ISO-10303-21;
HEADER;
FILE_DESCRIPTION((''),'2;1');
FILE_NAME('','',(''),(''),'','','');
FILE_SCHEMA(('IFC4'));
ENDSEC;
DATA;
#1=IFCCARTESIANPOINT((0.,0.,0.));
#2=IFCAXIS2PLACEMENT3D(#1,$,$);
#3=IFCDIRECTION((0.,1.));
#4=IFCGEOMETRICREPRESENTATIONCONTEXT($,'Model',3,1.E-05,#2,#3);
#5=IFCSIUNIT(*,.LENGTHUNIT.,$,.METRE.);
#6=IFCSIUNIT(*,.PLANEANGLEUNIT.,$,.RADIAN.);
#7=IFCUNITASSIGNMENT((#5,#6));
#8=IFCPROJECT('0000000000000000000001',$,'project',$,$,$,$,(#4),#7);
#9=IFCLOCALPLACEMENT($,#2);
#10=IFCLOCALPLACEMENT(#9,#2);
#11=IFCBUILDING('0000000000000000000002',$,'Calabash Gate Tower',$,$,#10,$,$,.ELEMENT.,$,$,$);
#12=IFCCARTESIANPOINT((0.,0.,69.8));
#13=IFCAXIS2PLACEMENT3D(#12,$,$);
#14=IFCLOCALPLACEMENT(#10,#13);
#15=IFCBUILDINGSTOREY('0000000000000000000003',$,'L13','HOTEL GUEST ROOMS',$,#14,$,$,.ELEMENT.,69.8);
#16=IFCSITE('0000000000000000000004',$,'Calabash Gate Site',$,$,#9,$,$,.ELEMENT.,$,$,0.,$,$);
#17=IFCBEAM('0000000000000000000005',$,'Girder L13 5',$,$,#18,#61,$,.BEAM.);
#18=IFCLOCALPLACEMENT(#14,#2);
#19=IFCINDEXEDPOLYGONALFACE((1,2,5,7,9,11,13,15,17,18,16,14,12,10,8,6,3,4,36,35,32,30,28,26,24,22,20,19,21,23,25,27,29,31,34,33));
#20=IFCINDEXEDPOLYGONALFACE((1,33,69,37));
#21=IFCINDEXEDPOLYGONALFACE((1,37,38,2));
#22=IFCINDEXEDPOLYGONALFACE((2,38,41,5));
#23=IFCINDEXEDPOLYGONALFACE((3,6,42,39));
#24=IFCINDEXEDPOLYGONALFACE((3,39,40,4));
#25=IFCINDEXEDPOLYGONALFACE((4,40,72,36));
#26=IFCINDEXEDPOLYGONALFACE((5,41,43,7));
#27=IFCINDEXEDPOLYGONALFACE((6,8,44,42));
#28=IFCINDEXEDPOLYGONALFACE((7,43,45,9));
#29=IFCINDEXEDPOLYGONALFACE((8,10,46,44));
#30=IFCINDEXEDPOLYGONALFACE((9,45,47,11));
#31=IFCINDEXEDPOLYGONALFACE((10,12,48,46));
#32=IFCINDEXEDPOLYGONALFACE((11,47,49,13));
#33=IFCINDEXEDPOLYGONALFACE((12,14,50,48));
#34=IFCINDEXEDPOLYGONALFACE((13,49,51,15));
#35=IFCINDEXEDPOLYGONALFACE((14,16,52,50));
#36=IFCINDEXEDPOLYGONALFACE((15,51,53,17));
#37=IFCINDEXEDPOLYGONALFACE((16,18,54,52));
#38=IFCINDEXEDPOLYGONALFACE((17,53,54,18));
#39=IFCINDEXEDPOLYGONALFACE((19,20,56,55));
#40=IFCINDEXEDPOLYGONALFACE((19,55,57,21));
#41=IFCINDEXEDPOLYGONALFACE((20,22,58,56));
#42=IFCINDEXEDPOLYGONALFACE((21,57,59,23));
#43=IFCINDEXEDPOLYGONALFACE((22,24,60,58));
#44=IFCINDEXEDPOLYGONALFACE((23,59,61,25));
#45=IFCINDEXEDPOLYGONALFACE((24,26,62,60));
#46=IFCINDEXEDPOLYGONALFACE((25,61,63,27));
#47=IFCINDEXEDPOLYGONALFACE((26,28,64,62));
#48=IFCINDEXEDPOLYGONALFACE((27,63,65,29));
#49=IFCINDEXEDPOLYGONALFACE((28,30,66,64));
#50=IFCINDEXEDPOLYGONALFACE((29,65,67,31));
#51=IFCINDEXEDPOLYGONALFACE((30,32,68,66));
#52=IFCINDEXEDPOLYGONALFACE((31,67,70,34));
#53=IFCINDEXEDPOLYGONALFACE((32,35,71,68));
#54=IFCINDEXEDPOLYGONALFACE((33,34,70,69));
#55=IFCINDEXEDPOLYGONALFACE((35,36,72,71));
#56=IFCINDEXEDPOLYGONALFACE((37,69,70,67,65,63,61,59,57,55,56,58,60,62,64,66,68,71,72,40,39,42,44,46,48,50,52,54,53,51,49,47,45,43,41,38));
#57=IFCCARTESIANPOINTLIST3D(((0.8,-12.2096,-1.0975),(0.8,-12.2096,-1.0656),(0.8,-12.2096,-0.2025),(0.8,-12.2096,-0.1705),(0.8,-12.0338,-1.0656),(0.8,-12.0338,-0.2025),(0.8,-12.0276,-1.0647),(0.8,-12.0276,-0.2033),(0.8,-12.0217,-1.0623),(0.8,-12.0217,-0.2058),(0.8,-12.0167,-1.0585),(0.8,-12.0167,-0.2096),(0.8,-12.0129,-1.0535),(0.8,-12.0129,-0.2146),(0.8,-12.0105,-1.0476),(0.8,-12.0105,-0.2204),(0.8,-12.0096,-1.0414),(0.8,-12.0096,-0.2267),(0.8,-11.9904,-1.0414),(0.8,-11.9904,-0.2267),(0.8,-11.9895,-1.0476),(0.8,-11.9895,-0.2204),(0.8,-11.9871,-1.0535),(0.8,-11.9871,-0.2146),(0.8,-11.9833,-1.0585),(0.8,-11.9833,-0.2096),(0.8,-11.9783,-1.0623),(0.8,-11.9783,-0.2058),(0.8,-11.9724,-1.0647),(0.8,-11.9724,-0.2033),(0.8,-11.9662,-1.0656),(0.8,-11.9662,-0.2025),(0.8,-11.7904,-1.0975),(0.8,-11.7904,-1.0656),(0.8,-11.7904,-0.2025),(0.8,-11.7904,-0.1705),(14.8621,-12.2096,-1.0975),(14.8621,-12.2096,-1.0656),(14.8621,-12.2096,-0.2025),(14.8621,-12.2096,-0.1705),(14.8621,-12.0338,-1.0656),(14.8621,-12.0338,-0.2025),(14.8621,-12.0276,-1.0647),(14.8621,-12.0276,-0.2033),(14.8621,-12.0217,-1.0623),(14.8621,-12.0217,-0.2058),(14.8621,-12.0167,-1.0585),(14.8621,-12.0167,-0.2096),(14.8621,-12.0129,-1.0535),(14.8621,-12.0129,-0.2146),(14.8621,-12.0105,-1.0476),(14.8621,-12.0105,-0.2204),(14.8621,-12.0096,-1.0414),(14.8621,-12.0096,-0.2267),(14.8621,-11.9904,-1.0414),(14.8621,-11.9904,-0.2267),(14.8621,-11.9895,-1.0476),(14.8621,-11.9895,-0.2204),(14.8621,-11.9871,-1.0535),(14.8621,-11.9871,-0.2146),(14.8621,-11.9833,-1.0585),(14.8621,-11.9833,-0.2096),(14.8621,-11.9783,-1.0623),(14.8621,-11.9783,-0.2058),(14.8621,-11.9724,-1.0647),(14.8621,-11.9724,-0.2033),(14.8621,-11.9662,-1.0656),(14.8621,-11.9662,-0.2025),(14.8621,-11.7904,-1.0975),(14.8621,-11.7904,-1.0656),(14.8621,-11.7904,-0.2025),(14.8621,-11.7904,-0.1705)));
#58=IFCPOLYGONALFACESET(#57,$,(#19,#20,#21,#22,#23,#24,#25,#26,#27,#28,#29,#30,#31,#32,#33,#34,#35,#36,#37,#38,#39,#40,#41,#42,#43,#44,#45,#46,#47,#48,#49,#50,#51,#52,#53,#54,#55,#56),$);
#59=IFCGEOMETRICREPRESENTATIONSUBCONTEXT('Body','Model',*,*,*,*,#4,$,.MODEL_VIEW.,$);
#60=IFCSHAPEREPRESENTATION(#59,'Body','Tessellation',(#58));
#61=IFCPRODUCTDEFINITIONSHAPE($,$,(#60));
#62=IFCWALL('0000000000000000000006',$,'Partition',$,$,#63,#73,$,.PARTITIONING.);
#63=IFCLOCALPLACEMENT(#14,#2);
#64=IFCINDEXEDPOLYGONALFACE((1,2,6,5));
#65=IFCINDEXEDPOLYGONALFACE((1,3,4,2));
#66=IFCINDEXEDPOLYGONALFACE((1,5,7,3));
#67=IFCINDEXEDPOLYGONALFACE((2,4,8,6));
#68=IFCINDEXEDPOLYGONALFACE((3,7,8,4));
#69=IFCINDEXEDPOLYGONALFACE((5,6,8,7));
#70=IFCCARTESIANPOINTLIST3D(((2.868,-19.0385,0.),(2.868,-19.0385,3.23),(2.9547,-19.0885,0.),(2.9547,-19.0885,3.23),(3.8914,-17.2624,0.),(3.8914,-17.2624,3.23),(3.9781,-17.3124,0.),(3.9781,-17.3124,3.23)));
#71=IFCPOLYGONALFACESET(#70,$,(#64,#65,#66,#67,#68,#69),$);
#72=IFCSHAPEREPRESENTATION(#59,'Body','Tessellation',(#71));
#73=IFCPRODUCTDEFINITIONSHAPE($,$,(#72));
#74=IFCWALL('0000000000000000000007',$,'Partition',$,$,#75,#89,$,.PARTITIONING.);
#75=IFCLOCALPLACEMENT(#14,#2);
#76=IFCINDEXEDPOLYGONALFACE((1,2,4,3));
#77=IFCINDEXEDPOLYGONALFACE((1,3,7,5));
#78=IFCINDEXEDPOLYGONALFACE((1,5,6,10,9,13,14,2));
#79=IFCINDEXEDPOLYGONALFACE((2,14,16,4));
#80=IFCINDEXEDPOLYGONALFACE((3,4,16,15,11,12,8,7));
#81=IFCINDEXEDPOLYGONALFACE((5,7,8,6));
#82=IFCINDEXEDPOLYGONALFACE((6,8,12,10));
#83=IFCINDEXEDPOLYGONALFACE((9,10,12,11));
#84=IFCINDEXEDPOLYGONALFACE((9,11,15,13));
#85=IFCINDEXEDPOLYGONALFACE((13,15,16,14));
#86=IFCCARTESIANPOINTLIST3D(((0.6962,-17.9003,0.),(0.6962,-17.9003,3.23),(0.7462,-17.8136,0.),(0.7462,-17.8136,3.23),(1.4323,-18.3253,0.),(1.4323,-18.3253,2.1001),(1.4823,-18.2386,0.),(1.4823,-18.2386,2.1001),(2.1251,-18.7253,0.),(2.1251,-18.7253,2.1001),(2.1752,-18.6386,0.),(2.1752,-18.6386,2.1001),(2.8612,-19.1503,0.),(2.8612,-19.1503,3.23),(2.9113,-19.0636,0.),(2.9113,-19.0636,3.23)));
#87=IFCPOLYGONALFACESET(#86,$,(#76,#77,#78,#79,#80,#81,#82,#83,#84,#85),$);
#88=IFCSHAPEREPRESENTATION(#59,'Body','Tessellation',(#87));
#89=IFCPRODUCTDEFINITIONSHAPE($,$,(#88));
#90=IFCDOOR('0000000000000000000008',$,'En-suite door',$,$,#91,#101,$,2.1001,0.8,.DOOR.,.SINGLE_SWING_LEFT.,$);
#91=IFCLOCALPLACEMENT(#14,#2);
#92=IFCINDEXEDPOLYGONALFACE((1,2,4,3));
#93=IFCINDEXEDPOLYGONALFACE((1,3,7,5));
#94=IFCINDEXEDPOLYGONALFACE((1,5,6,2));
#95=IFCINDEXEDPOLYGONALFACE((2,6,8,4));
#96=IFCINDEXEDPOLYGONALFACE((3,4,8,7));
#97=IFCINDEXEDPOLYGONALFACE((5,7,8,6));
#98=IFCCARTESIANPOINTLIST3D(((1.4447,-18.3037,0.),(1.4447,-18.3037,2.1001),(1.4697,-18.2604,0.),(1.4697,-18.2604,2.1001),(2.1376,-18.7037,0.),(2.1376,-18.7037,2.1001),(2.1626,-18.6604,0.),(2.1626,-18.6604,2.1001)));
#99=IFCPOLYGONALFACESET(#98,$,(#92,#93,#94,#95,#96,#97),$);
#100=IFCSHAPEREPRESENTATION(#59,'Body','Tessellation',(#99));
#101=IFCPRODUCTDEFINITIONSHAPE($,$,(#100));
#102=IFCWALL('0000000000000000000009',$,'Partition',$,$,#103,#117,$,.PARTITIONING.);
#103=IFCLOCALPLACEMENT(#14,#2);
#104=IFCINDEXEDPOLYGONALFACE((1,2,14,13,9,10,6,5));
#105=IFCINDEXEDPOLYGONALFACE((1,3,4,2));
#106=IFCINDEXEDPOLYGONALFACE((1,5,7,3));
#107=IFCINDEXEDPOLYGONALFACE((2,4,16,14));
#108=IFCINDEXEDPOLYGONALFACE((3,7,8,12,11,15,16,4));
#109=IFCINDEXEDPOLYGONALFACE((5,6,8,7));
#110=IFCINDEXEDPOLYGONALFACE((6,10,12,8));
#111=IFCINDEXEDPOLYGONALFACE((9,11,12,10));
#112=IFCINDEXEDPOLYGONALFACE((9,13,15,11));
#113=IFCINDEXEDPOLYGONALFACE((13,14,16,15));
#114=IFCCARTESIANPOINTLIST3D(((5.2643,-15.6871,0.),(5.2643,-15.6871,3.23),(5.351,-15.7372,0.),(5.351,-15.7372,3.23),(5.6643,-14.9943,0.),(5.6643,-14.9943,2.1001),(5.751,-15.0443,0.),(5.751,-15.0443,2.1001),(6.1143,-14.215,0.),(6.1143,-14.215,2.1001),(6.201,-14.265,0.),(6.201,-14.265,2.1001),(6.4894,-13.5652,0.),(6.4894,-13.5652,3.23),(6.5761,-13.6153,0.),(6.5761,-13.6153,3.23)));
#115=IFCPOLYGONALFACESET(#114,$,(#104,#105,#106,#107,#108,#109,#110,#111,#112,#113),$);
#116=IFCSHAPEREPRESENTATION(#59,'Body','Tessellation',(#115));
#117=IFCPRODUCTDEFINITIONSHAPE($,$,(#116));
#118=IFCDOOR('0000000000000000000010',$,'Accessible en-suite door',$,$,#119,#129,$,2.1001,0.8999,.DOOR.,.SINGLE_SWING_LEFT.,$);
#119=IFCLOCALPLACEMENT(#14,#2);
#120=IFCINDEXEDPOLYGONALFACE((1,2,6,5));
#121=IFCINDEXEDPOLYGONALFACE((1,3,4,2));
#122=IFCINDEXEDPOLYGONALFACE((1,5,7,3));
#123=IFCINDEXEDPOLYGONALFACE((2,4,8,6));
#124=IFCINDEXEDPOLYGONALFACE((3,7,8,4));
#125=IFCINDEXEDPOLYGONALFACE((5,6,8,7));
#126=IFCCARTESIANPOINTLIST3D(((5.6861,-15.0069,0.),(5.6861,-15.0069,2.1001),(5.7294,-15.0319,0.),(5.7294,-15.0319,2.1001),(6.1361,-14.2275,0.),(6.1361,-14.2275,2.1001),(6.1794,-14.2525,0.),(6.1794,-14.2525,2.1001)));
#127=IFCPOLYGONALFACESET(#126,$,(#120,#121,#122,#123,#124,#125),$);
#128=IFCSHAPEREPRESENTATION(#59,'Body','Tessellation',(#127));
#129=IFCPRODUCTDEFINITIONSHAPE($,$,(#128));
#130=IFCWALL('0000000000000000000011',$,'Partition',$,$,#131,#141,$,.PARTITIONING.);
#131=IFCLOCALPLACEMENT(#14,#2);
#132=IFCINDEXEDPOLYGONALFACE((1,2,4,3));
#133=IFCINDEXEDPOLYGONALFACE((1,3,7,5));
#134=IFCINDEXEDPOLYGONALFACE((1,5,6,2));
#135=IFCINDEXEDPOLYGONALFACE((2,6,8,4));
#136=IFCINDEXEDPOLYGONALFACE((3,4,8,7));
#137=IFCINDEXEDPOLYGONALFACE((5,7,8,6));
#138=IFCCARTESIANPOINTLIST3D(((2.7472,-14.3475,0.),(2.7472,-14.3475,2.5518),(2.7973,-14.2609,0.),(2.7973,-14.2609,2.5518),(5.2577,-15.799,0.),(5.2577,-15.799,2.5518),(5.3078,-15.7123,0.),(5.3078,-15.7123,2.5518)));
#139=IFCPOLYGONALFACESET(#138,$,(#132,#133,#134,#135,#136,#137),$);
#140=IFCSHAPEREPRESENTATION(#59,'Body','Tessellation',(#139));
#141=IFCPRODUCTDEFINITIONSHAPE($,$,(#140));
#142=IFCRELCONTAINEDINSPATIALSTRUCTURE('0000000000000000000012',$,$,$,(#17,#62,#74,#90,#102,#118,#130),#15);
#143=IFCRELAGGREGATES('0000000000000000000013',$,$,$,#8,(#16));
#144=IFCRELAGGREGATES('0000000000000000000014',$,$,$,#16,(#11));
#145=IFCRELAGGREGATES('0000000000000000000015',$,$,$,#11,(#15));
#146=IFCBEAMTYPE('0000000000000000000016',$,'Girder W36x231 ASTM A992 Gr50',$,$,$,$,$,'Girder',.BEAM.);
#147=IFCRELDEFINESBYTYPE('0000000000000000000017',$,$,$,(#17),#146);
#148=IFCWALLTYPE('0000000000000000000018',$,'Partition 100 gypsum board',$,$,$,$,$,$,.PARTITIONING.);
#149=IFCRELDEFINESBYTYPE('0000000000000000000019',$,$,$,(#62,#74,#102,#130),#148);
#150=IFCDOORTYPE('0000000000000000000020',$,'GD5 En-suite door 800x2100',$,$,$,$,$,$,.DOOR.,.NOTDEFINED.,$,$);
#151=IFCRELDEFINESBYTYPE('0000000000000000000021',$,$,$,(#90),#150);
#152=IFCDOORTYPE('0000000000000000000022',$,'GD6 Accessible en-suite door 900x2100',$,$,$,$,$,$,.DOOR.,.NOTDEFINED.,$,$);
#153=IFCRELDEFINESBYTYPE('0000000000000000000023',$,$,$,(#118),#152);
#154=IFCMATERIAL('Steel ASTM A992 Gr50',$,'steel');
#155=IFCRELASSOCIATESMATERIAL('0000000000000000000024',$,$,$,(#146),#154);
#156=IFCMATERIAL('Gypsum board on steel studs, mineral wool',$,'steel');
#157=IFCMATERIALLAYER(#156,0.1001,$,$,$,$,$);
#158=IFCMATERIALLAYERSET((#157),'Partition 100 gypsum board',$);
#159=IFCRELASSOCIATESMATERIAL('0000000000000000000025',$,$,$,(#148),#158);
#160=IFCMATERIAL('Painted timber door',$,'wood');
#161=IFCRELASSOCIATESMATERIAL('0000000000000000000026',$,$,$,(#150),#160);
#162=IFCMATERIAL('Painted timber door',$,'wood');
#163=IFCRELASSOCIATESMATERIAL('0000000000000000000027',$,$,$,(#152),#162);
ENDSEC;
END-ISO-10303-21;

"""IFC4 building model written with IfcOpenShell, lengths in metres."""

from ifc_helpers import new_model, si_unit, direction, frame, frame_2d, origin, origin_2d, place, context, subcontext, project, spatial, rectangle, i_section, extrude, material, layer, layer_set, material_profile, profile_set, type_object, element, fill, save


model = new_model("IFC4")

# Units and contexts
model_context = context("Model", 3, precision=1e-05, world=origin(), true_north=direction((0.0, 1.0)))
body_context = subcontext(model_context, "Body", "Model", "MODEL_VIEW")
ifc_project = project(units=[si_unit("LENGTHUNIT", "METRE"), si_unit("PLANEANGLEUNIT", "RADIAN")], contexts=[model_context])

# Site, building, storey
site_placement = place(None, origin())
site = spatial("IfcSite", under=ifc_project, at=site_placement, Name="Calabash Gate Site", CompositionType="ELEMENT", RefElevation=0.0)
building_placement = place(site_placement, origin())
building = spatial("IfcBuilding", under=site, at=building_placement, Name="Calabash Gate Tower", CompositionType="ELEMENT")
storey_placement = place(building_placement, frame((0.0, 0.0, 69.8)))
storey = spatial("IfcBuildingStorey", under=building, at=storey_placement, Name="L13", Description="HOTEL GUEST ROOMS", CompositionType="ELEMENT", Elevation=69.8)

# Beam
ifc_material_1 = material(Name="Steel ASTM A992 Gr50", Category="steel")
ifc_material_profile = material_profile(ifc_material_1, i_section(OverallWidth=0.4192, OverallDepth=0.927, WebThickness=0.0193, FlangeThickness=0.032, FilletRadius=0.0242, at=origin_2d()))
ifc_profile_set = profile_set([ifc_material_profile], Name="Steel ASTM A992 Gr50")
beam_type = type_object("IfcBeamType", Name="Girder W36x231 ASTM A992 Gr50", ElementType="Girder", PredefinedType="BEAM", material=ifc_profile_set)
beam_placement = place(storey_placement, frame((0.8, -12.0, -0.634), z_axis=(1.0, 0.0, 0.0), x_axis=(0.0, 1.0, 0.0)))
element("IfcBeam", 1, at=beam_placement, inside=storey, type_object=beam_type, Name="Girder L13 5", PredefinedType="BEAM", context=body_context, shape_type="SweptSolid", body=[
    extrude(i_section(OverallWidth=0.4192, OverallDepth=0.927, WebThickness=0.0193, FlangeThickness=0.032, FilletRadius=0.0242, at=origin_2d()), origin(), (0.0, 0.0, 1.0), 14.062),
])

# Wall
ifc_material_2 = material(Name="Gypsum board on steel studs, mineral wool", Category="steel")
ifc_layer_1 = layer(ifc_material_2, 0.1001)
ifc_layer_set_1 = layer_set([ifc_layer_1], Name="Partition 100 gypsum board")
wall_type_1 = type_object("IfcWallType", Name="Partition 100 gypsum board", PredefinedType="PARTITIONING", material=ifc_layer_set_1)
wall_1_placement = place(storey_placement, frame((2.9114, -19.0635, 0.0), z_axis=(0.0, 0.0, 1.0), x_axis=(0.499265, 0.866449, 0.0)))
element("IfcWall", 2, at=wall_1_placement, inside=storey, type_object=wall_type_1, Name="Partition", PredefinedType="PARTITIONING", context=body_context, shape_type="SweptSolid", body=[
    extrude(rectangle(XDim=2.0498, YDim=0.1001, at=frame_2d((1.0249, 0.0))), origin(), (0.0, 0.0, 1.0), 3.23),
])

# Walls, openings, doors
wall_2_placement = place(storey_placement, frame((0.7212, -17.8569, 0.0), z_axis=(0.0, 0.0, 1.0), x_axis=(0.866023, -0.500004, 0.0)))
wall_2 = element("IfcWall", 3, at=wall_2_placement, inside=storey, type_object=wall_type_1, Name="Partition", PredefinedType="PARTITIONING", context=body_context, shape_type="SweptSolid", body=[
    extrude(rectangle(XDim=2.5, YDim=0.1001, at=frame_2d((1.25, 0.0))), origin(), (0.0, 0.0, 1.0), 3.23),
])
opening_1_placement = place(wall_2_placement, frame((0.8501, 0.0, 0.0)))
opening_1 = element("IfcOpeningElement", 4, at=opening_1_placement, cuts=wall_2, PredefinedType="OPENING", context=body_context, shape_type="SweptSolid", body=[
    extrude(rectangle(XDim=0.8, YDim=2.1001, at=frame_2d((0.3999, 1.05))), frame((0.0, 0.0601, 0.0), z_axis=(0.0, -1.0, 0.0), x_axis=(1.0, 0.0, 0.0)), (0.0, 0.0, 1.0), 0.1201),
])
ifc_material_3 = material(Name="Painted timber door", Category="wood")
door_type_1 = type_object("IfcDoorType", Name="GD5 En-suite door 800x2100", OperationType="NOTDEFINED", PredefinedType="DOOR", material=ifc_material_3)
door_1_placement = place(opening_1_placement, origin())
door_1 = element("IfcDoor", 5, at=door_1_placement, inside=storey, type_object=door_type_1, Name="En-suite door", OperationType="SINGLE_SWING_LEFT", OverallHeight=2.1001, OverallWidth=0.8, PredefinedType="DOOR", context=body_context, shape_type="SweptSolid", body=[
    extrude(rectangle(XDim=0.8, YDim=2.1001, at=frame_2d((0.3999, 1.05))), frame((0.0, 0.0249, 0.0), z_axis=(0.0, -1.0, 0.0), x_axis=(1.0, 0.0, 0.0)), (0.0, 0.0, 1.0), 0.05),
])
fill(opening_1, door_1)
wall_3_placement = place(storey_placement, frame((5.3076, -15.7122, 0.0), z_axis=(0.0, 0.0, 1.0), x_axis=(0.500019, 0.866015, 0.0)))
wall_3 = element("IfcWall", 6, at=wall_3_placement, inside=storey, type_object=wall_type_1, Name="Partition", PredefinedType="PARTITIONING", context=body_context, shape_type="SweptSolid", body=[
    extrude(rectangle(XDim=2.4502, YDim=0.1001, at=frame_2d((1.2251, 0.0))), origin(), (0.0, 0.0, 1.0), 3.23),
])
opening_2_placement = place(wall_3_placement, frame((0.8, 0.0, 0.0)))
opening_2 = element("IfcOpeningElement", 7, at=opening_2_placement, cuts=wall_3, PredefinedType="OPENING", context=body_context, shape_type="SweptSolid", body=[
    extrude(rectangle(XDim=0.8999, YDim=2.1001, at=frame_2d((0.45, 1.05))), frame((0.0, 0.0601, 0.0), z_axis=(0.0, -1.0, 0.0), x_axis=(1.0, 0.0, 0.0)), (0.0, 0.0, 1.0), 0.1201),
])
ifc_material_4 = material(Name="Painted timber door", Category="wood")
door_type_2 = type_object("IfcDoorType", Name="GD6 Accessible en-suite door 900x2100", OperationType="NOTDEFINED", PredefinedType="DOOR", material=ifc_material_4)
door_2_placement = place(opening_2_placement, origin())
door_2 = element("IfcDoor", 8, at=door_2_placement, inside=storey, type_object=door_type_2, Name="Accessible en-suite door", OperationType="SINGLE_SWING_LEFT", OverallHeight=2.1001, OverallWidth=0.8999, PredefinedType="DOOR", context=body_context, shape_type="SweptSolid", body=[
    extrude(rectangle(XDim=0.8999, YDim=2.1001, at=frame_2d((0.45, 1.05))), frame((0.0, 0.0249, 0.0), z_axis=(0.0, -1.0, 0.0), x_axis=(1.0, 0.0, 0.0)), (0.0, 0.0, 1.0), 0.05),
])
fill(opening_2, door_2)

# Wall
wall_4_placement = place(storey_placement, frame((2.7722, -14.3042, 0.0), z_axis=(0.0, 0.0, 1.0), x_axis=(0.86573, -0.500512, 0.0)))
element("IfcWall", 9, at=wall_4_placement, inside=storey, type_object=wall_type_1, Name="Partition", PredefinedType="PARTITIONING", context=body_context, shape_type="SweptSolid", body=[
    extrude(rectangle(XDim=2.8999, YDim=0.1001, at=frame_2d((1.45, 0.0))), origin(), (0.0, 0.0, 1.0), 2.5518),
])

save(model, "model.ifc")
